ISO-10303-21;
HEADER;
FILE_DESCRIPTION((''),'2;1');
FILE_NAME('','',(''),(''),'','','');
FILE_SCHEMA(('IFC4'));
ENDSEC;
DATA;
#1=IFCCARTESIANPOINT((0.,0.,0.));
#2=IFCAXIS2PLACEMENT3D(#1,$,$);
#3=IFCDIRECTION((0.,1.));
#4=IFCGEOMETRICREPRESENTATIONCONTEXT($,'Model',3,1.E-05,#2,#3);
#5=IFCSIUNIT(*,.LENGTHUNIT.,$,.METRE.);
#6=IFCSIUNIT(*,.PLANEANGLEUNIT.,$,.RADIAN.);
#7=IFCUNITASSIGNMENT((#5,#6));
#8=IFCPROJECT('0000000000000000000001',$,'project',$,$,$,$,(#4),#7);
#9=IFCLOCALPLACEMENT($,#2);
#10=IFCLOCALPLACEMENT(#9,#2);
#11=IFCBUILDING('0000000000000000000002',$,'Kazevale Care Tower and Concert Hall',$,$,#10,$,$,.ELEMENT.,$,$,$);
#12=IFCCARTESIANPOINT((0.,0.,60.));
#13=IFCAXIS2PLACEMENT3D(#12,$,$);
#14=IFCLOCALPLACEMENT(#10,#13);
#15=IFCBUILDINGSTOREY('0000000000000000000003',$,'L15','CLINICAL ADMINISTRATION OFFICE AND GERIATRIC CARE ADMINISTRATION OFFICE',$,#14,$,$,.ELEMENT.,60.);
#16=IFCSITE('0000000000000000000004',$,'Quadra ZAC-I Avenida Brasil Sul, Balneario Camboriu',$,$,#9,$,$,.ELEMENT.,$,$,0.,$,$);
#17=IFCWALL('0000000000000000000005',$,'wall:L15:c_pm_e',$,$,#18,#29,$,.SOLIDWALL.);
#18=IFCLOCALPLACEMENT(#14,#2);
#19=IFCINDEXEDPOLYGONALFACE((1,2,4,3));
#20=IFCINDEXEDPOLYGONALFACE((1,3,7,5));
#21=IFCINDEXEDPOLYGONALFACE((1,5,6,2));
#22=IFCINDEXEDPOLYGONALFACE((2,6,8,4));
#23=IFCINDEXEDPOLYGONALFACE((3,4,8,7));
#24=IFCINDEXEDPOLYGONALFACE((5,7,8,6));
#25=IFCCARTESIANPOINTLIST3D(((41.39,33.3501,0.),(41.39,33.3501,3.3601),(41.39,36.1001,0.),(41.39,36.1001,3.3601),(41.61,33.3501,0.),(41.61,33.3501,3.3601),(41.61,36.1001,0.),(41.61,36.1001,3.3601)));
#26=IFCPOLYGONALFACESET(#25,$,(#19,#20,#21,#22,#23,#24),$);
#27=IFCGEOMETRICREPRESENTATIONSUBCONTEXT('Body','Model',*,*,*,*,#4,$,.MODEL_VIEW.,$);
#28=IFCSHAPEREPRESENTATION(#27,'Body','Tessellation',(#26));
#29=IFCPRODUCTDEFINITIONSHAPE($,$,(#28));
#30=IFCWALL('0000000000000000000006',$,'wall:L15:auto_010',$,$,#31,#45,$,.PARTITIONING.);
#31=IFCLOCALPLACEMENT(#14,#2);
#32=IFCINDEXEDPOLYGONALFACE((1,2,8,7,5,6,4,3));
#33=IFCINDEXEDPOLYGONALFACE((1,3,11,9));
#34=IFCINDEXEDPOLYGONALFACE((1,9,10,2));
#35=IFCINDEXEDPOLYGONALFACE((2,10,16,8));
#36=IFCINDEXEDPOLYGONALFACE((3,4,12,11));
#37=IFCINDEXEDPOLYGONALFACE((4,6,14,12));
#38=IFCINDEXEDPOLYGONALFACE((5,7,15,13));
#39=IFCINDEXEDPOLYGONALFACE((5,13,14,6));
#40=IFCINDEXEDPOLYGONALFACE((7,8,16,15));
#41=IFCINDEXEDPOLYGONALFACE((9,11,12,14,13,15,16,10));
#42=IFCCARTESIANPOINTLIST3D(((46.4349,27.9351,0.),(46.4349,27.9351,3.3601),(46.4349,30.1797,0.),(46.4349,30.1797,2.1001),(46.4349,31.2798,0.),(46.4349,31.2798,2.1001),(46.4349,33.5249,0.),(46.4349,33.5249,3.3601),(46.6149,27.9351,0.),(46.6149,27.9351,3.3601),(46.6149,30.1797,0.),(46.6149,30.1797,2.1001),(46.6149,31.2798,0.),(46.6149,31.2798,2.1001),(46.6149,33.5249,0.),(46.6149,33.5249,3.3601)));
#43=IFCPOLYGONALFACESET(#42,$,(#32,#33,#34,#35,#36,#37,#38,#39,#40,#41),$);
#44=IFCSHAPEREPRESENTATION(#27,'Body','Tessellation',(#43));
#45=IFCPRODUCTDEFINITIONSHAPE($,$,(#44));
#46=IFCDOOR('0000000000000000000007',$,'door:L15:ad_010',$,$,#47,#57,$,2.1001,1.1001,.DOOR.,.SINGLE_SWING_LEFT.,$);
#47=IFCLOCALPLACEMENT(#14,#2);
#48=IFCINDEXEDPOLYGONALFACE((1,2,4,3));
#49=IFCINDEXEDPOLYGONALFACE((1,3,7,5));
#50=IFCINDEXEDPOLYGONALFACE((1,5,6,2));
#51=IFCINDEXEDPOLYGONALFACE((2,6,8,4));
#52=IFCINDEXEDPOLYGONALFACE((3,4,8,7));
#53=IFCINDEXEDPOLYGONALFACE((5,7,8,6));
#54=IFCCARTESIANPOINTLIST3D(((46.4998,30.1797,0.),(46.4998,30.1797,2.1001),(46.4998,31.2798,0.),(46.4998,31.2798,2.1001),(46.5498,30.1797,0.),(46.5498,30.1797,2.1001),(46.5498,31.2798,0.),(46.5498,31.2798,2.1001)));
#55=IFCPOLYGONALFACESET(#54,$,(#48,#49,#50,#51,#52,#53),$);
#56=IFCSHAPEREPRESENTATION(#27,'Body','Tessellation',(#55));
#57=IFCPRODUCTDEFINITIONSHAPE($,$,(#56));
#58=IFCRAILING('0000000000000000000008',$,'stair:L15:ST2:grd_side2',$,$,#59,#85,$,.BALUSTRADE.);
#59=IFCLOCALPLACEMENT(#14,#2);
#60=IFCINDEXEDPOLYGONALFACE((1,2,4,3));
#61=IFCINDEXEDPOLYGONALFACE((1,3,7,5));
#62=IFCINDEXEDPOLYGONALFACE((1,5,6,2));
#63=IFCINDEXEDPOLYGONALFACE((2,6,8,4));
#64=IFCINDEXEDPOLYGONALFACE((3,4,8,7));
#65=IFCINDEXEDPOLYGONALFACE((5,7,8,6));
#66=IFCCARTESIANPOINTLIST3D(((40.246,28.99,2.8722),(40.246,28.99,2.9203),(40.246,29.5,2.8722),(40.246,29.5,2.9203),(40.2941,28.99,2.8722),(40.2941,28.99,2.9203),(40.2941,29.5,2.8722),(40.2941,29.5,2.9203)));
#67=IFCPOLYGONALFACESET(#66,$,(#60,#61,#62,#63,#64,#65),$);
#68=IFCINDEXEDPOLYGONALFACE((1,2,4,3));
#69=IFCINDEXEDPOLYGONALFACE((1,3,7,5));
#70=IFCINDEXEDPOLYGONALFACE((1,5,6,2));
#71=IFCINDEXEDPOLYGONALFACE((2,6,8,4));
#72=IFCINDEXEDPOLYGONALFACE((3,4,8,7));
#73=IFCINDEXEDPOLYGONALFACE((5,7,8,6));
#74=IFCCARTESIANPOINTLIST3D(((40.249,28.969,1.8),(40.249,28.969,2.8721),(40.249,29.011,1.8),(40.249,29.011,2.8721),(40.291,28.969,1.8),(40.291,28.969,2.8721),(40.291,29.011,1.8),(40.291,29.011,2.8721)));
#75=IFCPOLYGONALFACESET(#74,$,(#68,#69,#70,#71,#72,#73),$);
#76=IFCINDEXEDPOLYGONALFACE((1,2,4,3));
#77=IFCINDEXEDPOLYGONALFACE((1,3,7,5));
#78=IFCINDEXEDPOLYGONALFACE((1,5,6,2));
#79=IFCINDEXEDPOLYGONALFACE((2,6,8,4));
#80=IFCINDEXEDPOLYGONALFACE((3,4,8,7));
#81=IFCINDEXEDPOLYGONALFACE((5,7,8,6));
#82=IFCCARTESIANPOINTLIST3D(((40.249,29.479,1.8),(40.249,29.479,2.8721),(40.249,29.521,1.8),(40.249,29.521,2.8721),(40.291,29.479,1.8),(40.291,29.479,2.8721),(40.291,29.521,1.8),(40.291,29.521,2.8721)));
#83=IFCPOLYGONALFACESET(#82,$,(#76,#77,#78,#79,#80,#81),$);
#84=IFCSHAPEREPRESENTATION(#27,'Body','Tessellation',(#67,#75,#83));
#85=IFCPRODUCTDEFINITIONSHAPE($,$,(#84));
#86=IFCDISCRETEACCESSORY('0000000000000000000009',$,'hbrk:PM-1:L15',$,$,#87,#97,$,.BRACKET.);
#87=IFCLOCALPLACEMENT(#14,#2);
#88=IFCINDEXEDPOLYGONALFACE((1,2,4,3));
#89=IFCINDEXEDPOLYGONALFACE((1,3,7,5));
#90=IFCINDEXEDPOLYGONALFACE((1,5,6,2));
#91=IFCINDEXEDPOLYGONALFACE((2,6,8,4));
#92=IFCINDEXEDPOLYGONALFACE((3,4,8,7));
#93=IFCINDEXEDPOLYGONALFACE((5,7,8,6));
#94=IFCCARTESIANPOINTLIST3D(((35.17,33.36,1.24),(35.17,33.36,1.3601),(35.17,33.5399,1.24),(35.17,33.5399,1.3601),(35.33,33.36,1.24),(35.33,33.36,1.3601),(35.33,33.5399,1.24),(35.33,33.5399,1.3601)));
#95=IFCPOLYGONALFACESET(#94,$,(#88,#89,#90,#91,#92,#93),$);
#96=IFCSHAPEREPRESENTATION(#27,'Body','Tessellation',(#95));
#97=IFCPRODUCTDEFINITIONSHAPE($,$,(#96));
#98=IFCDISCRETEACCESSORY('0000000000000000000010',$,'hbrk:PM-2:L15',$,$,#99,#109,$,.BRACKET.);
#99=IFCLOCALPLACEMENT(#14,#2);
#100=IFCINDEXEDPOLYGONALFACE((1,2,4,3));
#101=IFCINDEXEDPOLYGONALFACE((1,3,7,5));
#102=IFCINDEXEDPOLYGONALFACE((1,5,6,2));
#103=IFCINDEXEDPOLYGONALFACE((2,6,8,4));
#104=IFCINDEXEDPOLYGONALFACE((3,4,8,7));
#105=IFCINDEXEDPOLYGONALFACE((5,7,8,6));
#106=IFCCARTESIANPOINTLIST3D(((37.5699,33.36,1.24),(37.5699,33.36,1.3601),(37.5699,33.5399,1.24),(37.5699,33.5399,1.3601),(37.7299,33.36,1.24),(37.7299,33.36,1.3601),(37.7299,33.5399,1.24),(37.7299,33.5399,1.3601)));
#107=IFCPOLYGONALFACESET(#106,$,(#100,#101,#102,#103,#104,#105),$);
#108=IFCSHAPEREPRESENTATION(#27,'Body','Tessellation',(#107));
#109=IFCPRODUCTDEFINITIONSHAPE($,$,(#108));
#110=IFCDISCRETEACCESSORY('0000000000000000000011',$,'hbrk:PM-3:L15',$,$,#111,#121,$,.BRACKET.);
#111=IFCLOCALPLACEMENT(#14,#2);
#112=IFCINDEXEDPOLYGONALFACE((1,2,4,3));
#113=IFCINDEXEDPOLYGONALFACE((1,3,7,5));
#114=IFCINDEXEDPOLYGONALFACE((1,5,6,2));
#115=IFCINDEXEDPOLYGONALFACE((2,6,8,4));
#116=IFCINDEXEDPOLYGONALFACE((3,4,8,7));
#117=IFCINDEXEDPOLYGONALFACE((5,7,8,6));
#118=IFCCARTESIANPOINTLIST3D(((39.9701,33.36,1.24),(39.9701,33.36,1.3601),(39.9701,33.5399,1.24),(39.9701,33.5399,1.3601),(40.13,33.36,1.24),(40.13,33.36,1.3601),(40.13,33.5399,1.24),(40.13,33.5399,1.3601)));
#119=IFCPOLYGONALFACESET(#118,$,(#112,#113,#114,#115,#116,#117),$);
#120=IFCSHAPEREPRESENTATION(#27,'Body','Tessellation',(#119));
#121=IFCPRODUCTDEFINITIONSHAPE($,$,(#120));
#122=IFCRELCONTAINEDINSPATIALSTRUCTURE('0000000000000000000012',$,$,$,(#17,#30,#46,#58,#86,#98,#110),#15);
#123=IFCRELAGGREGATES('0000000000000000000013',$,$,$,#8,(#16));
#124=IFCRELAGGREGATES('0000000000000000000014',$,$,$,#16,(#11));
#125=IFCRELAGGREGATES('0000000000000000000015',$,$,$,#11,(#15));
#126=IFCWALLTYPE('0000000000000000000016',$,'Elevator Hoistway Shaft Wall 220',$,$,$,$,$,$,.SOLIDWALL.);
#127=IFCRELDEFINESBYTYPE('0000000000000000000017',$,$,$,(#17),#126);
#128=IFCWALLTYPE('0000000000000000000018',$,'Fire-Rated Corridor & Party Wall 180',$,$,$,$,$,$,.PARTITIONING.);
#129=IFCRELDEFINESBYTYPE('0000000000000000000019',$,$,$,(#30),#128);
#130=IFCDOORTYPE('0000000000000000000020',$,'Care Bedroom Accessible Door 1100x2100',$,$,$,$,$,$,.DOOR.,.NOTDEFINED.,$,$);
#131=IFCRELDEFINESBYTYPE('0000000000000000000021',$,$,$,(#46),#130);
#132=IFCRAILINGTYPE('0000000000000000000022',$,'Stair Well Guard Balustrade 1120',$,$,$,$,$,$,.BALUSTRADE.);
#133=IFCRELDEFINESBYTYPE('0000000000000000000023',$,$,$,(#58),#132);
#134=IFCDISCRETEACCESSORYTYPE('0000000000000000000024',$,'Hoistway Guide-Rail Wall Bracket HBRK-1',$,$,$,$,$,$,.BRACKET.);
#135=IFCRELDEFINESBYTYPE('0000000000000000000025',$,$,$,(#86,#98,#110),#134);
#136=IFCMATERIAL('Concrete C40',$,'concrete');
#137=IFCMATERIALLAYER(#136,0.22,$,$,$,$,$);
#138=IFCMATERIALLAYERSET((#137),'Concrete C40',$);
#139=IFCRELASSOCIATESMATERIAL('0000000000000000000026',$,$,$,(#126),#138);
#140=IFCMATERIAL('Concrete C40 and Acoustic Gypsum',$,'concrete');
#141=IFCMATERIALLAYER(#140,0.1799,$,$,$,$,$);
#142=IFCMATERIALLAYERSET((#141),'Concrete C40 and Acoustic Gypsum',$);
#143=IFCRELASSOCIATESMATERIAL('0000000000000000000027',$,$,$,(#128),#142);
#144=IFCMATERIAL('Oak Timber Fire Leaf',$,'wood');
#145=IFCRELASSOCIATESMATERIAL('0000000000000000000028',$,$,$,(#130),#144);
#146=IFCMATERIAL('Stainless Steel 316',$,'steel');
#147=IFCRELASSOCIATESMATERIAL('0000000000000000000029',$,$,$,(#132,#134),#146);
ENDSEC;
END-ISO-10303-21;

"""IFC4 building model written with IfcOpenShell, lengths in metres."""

from ifc_helpers import new_model, si_unit, direction, frame, frame_2d, origin, origin_2d, place, context, subcontext, project, spatial, rectangle, extrude, material, layer, layer_set, type_object, element, fill, save


model = new_model("IFC4")

# Units and contexts
model_context = context("Model", 3, precision=1e-05, world=origin(), true_north=direction((0.0, 1.0)))
body_context = subcontext(model_context, "Body", "Model", "MODEL_VIEW")
ifc_project = project(units=[si_unit("LENGTHUNIT", "METRE"), si_unit("PLANEANGLEUNIT", "RADIAN")], contexts=[model_context])

# Site, building, storey
site_placement = place(None, origin())
site = spatial("IfcSite", under=ifc_project, at=site_placement, Name="Quadra ZAC-I Avenida Brasil Sul, Balneario Camboriu", CompositionType="ELEMENT", RefElevation=0.0)
building_placement = place(site_placement, origin())
building = spatial("IfcBuilding", under=site, at=building_placement, Name="Kazevale Care Tower and Concert Hall", CompositionType="ELEMENT")
storey_placement = place(building_placement, frame((0.0, 0.0, 60.0)))
storey = spatial("IfcBuildingStorey", under=building, at=storey_placement, Name="L15", Description="CLINICAL ADMINISTRATION OFFICE AND GERIATRIC CARE ADMINISTRATION OFFICE", CompositionType="ELEMENT", Elevation=60.0)

# Shared definitions
ifc_material_1 = material(Name="Oak Timber Fire Leaf", Category="wood")

# Wall
ifc_material_2 = material(Name="Concrete C40", Category="concrete")
ifc_layer_1 = layer(ifc_material_2, 0.22)
ifc_layer_set_1 = layer_set([ifc_layer_1], Name="Concrete C40")
wall_type_1 = type_object("IfcWallType", Name="Elevator Hoistway Shaft Wall 220", PredefinedType="SOLIDWALL", material=ifc_layer_set_1)
wall_1_placement = place(storey_placement, frame((41.5, 33.3501, 0.0), z_axis=(0.0, 0.0, 1.0), x_axis=(0.0, 1.0, 0.0)))
element("IfcWall", 1, at=wall_1_placement, inside=storey, type_object=wall_type_1, Name="wall:L15:c_pm_e", PredefinedType="SOLIDWALL", context=body_context, shape_type="SweptSolid", body=[
    extrude(rectangle(XDim=2.75, YDim=0.22, at=frame_2d((1.375, 0.0))), origin(), (0.0, 0.0, 1.0), 3.3601),
])

# Wall, opening, door
ifc_material_3 = material(Name="Concrete C40 and Acoustic Gypsum", Category="concrete")
ifc_layer_2 = layer(ifc_material_3, 0.1799)
ifc_layer_set_2 = layer_set([ifc_layer_2], Name="Concrete C40 and Acoustic Gypsum")
wall_type_2 = type_object("IfcWallType", Name="Fire-Rated Corridor & Party Wall 180", PredefinedType="PARTITIONING", material=ifc_layer_set_2)
wall_2_placement = place(storey_placement, frame((46.5249, 33.5249, 0.0), z_axis=(0.0, 0.0, 1.0), x_axis=(0.0, -1.0, 0.0)))
wall_2 = element("IfcWall", 2, at=wall_2_placement, inside=storey, type_object=wall_type_2, Name="wall:L15:auto_010", PredefinedType="PARTITIONING", context=body_context, shape_type="SweptSolid", body=[
    extrude(rectangle(XDim=5.5898, YDim=0.1799, at=frame_2d((2.7949, 0.0))), origin(), (0.0, 0.0, 1.0), 3.3601),
])
opening_1_placement = place(wall_2_placement, frame((2.2451, 0.0, 0.0)))
opening_1 = element("IfcOpeningElement", 3, at=opening_1_placement, cuts=wall_2, PredefinedType="OPENING", context=body_context, shape_type="SweptSolid", body=[
    extrude(rectangle(XDim=1.1001, YDim=2.1001, at=frame_2d((0.55, 1.05))), frame((0.0, 0.0999, 0.0), z_axis=(0.0, -1.0, 0.0), x_axis=(1.0, 0.0, 0.0)), (0.0, 0.0, 1.0), 0.2),
])
door_type_1 = type_object("IfcDoorType", Name="Care Bedroom Accessible Door 1100x2100", OperationType="NOTDEFINED", PredefinedType="DOOR", material=ifc_material_1)
door_1_placement = place(opening_1_placement, origin())
door_1 = element("IfcDoor", 4, at=door_1_placement, inside=storey, type_object=door_type_1, Name="door:L15:ad_010", OperationType="SINGLE_SWING_LEFT", OverallHeight=2.1001, OverallWidth=1.1001, PredefinedType="DOOR", context=body_context, shape_type="SweptSolid", body=[
    extrude(rectangle(XDim=1.1001, YDim=2.1001, at=frame_2d((0.55, 1.05))), frame((0.0, 0.0249, 0.0), z_axis=(0.0, -1.0, 0.0), x_axis=(1.0, 0.0, 0.0)), (0.0, 0.0, 1.0), 0.05),
])
fill(opening_1, door_1)

# Railing
ifc_material_4 = material(Name="Stainless Steel 316", Category="steel")
railing_type = type_object("IfcRailingType", Name="Stair Well Guard Balustrade 1120", PredefinedType="BALUSTRADE", material=ifc_material_4)
railing_placement = place(storey_placement, frame((40.27, 28.99, 1.8)))
element("IfcRailing", 5, at=railing_placement, inside=storey, type_object=railing_type, Name="stair:L15:ST2:grd_side2", PredefinedType="BALUSTRADE", context=body_context, shape_type="SweptSolid", body=[
    extrude(rectangle(XDim=0.0481, YDim=0.0481, at=origin_2d()), frame((0.0, 0.0, 1.0962), z_axis=(0.0, 1.0, 0.0), x_axis=(-1.0, 0.0, 0.0)), (0.0, 0.0, 1.0), 0.51),
    extrude(rectangle(XDim=0.042, YDim=0.042, at=origin_2d()), origin(), (0.0, 0.0, 1.0), 1.072),
    extrude(rectangle(XDim=0.042, YDim=0.042, at=origin_2d()), frame((0.0, 0.51, 0.0)), (0.0, 0.0, 1.0), 1.072),
])

# Discrete accessories
discrete_accessory_type = type_object("IfcDiscreteAccessoryType", Name="Hoistway Guide-Rail Wall Bracket HBRK-1", PredefinedType="BRACKET", material=ifc_material_4)
for number, where, z_axis, x_axis, name in (
    (6, (35.25, 33.45, 1.24), (0.0, 0.0, 1.0), (1.0, 0.0, 0.0), "hbrk:PM-1:L15"),
    (7, (37.6499, 33.45, 1.24), (0.0, 0.0, 1.0), (1.0, 0.0, 0.0), "hbrk:PM-2:L15"),
    (8, (40.05, 33.45, 1.24), (0.0, 0.0, 1.0), (1.0, 0.0, 0.0), "hbrk:PM-3:L15"),
):
    element("IfcDiscreteAccessory", number, at=place(storey_placement, frame(where, z_axis=z_axis, x_axis=x_axis)), inside=storey, type_object=discrete_accessory_type, Name=name, PredefinedType="BRACKET", context=body_context, shape_type="SweptSolid", body=[
        extrude(rectangle(XDim=0.1599, YDim=0.1799, at=origin_2d()), origin(), (0.0, 0.0, 1.0), 0.1201),
    ])

save(model, "model.ifc")
